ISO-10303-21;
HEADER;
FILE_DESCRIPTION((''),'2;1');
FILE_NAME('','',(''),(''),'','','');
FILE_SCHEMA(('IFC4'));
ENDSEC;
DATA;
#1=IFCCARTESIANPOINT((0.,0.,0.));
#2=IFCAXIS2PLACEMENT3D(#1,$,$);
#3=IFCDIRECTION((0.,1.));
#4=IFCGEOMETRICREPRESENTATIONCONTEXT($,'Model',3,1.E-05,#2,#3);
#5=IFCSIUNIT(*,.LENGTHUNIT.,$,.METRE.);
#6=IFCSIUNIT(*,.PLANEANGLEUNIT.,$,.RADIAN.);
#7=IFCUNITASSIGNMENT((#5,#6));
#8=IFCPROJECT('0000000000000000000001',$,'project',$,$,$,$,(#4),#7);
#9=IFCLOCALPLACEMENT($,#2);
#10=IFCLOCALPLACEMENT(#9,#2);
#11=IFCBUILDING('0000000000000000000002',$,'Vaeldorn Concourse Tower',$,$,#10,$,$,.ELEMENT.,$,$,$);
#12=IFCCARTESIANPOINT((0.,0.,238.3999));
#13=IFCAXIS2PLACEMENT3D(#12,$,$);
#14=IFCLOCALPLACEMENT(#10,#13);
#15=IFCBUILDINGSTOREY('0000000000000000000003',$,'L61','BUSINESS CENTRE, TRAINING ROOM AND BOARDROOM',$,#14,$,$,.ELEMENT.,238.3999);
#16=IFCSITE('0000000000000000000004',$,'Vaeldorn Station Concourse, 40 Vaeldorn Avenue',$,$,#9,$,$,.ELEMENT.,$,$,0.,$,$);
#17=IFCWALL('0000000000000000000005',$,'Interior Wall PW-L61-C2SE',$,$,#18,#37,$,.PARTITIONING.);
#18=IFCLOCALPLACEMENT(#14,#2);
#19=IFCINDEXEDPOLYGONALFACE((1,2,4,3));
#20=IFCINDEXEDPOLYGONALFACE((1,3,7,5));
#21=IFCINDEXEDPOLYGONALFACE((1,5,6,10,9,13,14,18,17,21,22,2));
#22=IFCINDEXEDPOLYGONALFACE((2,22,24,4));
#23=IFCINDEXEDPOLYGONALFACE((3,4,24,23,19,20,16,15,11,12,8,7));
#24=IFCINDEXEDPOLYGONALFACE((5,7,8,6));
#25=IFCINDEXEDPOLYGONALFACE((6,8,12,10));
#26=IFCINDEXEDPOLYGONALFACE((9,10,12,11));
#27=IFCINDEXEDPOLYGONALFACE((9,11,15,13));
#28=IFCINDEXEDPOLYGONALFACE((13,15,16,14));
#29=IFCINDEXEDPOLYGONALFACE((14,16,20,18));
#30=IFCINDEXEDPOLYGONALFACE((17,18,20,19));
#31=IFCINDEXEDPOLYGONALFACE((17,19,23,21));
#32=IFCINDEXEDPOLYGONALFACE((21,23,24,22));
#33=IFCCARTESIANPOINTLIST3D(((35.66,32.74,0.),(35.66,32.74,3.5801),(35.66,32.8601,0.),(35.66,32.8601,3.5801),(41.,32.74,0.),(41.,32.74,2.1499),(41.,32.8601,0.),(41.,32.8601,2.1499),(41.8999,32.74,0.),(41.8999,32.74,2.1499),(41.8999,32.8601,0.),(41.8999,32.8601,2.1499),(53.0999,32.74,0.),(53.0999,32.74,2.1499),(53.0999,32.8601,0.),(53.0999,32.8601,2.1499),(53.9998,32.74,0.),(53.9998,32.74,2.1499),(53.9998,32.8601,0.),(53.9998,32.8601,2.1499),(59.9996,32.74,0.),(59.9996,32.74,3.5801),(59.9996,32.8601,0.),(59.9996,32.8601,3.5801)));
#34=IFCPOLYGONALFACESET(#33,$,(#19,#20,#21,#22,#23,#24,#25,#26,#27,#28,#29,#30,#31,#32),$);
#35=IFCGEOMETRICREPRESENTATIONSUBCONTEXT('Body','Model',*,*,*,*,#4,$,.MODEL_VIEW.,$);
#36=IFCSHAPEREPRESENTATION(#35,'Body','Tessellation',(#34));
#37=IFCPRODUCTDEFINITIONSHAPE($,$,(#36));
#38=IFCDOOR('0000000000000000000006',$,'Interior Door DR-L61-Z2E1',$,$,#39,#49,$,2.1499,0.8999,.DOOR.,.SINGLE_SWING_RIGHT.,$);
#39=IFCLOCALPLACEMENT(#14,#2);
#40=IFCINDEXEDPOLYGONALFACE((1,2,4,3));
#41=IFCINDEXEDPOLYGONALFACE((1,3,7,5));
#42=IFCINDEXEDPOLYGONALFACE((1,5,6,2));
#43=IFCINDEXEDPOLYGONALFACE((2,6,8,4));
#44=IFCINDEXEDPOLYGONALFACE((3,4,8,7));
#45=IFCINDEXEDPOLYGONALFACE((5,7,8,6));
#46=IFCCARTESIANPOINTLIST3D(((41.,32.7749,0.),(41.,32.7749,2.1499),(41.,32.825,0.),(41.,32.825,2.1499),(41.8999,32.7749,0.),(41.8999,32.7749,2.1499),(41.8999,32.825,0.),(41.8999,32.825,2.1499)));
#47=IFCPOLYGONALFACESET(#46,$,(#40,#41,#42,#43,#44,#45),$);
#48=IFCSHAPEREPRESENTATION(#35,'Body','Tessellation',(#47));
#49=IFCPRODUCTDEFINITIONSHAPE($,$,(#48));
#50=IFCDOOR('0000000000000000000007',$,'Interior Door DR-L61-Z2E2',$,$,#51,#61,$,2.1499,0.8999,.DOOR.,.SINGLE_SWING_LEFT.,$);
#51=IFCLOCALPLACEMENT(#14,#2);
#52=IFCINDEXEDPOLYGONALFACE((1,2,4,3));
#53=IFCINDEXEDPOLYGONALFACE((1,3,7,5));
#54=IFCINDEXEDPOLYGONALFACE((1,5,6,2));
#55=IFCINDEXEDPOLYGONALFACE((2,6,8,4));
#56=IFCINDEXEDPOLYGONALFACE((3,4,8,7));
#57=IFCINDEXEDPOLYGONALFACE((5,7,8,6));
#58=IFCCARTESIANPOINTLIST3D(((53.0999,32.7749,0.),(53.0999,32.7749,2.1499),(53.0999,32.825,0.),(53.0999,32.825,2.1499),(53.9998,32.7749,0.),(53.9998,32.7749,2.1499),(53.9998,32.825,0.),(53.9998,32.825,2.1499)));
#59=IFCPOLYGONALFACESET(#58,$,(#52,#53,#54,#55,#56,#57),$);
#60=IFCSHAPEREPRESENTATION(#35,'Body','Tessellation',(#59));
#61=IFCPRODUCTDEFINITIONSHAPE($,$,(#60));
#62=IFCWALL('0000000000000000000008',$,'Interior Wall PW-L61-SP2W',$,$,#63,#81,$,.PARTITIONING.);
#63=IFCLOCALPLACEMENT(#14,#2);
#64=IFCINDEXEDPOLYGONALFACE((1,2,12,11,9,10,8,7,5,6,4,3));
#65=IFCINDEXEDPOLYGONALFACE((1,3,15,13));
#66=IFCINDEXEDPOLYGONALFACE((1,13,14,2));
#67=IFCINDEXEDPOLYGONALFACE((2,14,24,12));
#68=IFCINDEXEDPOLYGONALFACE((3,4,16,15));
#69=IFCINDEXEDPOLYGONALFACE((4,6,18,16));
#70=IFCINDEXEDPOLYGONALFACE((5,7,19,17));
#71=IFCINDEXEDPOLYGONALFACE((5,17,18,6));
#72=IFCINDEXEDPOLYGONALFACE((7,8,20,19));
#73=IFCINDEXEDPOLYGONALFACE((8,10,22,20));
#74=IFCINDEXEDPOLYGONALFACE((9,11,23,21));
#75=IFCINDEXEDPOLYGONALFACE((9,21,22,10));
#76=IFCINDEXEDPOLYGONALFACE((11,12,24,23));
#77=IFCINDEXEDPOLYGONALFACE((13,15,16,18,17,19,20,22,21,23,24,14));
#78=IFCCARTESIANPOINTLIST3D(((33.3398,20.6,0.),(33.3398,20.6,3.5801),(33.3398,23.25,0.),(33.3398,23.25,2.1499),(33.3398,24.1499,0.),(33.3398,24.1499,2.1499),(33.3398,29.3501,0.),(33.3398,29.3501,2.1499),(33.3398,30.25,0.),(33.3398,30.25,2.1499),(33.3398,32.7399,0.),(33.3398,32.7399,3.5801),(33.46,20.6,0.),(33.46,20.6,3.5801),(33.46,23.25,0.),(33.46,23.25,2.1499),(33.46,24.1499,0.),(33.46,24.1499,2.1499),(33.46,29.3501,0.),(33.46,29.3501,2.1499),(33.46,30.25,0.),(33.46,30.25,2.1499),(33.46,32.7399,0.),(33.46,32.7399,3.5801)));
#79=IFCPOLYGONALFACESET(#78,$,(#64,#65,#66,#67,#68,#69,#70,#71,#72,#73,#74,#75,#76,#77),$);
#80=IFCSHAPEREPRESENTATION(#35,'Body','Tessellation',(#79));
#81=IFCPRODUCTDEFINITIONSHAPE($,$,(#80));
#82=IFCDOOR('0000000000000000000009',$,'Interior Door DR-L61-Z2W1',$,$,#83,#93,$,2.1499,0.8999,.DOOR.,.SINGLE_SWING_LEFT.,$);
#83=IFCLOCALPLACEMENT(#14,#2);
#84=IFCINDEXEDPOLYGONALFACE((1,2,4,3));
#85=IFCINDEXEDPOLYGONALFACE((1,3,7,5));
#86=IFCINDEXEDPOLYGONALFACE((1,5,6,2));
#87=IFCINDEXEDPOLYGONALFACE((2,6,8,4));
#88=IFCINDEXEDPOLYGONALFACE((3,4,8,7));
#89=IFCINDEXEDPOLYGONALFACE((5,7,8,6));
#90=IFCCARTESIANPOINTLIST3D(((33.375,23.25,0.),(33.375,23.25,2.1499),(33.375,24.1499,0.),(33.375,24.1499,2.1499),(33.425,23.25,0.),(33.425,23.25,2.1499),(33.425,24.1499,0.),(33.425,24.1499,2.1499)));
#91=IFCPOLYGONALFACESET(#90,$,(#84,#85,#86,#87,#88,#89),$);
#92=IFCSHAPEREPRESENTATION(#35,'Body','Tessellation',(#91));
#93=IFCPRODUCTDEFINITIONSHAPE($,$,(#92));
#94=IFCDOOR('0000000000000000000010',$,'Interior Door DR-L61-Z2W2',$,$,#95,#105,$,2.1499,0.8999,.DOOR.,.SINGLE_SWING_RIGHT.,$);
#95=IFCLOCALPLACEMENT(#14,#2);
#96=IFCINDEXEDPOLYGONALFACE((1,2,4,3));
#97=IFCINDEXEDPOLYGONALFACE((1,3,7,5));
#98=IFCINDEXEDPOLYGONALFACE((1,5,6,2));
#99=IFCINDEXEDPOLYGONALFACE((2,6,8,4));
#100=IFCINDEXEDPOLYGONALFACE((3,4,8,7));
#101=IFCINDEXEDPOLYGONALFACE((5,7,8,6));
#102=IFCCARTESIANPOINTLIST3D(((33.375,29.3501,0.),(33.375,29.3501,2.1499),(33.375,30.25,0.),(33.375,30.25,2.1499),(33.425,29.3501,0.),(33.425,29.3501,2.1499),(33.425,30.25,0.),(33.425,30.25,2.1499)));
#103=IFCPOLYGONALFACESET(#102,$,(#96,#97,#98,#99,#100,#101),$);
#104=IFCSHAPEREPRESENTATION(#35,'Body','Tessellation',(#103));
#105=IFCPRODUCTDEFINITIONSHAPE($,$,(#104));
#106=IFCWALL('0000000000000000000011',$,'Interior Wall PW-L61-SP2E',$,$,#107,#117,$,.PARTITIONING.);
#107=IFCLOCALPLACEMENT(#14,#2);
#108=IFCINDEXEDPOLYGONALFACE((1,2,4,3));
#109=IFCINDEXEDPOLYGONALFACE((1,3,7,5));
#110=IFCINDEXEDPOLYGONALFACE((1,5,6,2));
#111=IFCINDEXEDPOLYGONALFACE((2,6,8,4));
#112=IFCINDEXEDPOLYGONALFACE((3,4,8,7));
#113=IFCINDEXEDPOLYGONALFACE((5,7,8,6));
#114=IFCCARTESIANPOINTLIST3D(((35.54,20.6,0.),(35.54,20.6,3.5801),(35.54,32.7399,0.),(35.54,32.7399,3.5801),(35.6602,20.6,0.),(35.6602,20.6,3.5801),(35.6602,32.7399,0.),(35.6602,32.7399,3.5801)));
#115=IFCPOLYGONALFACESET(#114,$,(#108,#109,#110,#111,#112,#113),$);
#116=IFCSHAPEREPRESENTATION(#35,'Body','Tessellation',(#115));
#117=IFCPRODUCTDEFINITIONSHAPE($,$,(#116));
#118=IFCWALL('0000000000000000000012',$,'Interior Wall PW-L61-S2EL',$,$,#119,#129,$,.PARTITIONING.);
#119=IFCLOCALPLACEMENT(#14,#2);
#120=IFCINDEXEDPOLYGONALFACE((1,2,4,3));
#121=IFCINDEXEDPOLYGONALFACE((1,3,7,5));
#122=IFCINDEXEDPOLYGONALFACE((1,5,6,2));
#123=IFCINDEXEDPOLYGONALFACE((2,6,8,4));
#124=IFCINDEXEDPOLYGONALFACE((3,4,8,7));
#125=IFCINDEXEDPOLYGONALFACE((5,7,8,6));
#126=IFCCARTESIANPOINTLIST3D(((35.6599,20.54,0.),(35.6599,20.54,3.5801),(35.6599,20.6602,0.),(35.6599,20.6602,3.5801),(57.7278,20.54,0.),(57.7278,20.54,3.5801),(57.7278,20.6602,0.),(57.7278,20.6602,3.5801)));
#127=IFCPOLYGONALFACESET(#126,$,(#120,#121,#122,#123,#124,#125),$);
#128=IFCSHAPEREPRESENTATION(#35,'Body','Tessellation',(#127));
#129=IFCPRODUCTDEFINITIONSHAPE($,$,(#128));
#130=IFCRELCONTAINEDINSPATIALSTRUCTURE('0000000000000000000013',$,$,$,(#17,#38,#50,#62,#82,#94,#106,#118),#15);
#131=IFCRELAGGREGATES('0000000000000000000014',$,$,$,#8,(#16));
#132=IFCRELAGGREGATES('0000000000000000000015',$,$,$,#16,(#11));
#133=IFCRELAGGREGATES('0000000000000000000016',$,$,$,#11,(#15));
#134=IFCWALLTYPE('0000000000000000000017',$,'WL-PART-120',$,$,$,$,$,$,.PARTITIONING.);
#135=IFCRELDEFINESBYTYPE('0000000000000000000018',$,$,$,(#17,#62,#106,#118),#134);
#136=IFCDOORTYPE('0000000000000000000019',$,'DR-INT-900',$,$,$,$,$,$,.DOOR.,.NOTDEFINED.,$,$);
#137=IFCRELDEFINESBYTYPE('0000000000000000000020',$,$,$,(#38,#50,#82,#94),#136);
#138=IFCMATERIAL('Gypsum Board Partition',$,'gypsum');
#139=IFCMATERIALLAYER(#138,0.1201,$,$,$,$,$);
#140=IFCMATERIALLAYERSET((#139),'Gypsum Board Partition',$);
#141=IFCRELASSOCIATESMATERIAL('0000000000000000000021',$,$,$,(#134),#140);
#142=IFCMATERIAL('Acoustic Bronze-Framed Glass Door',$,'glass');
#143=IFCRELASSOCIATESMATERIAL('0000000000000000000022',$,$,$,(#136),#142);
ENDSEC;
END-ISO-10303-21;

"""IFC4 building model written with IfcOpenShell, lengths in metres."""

from ifc_helpers import new_model, si_unit, direction, frame, frame_2d, origin, place, context, subcontext, project, spatial, rectangle, extrude, source, transform, mapped, material, layer, layer_set, type_object, element, fill, save


model = new_model("IFC4")

# Units and contexts
model_context = context("Model", 3, precision=1e-05, world=origin(), true_north=direction((0.0, 1.0)))
body_context = subcontext(model_context, "Body", "Model", "MODEL_VIEW")
ifc_project = project(units=[si_unit("LENGTHUNIT", "METRE"), si_unit("PLANEANGLEUNIT", "RADIAN")], contexts=[model_context])

# Site, building, storey
site_placement = place(None, origin())
site = spatial("IfcSite", under=ifc_project, at=site_placement, Name="Vaeldorn Station Concourse, 40 Vaeldorn Avenue", CompositionType="ELEMENT", RefElevation=0.0)
building_placement = place(site_placement, origin())
building = spatial("IfcBuilding", under=site, at=building_placement, Name="Vaeldorn Concourse Tower", CompositionType="ELEMENT")
storey_placement = place(building_placement, frame((0.0, 0.0, 238.3999)))
storey = spatial("IfcBuildingStorey", under=building, at=storey_placement, Name="L61", Description="BUSINESS CENTRE, TRAINING ROOM AND BOARDROOM", CompositionType="ELEMENT", Elevation=238.3999)

# Walls, openings, doors
ifc_material_1 = material(Name="Gypsum Board Partition", Category="gypsum")
ifc_layer = layer(ifc_material_1, 0.1201)
ifc_layer_set = layer_set([ifc_layer], Name="Gypsum Board Partition")
wall_type = type_object("IfcWallType", Name="WL-PART-120", PredefinedType="PARTITIONING", material=ifc_layer_set)
wall_1_placement = place(storey_placement, frame((35.6599, 32.8, 0.0), z_axis=(0.0, 0.0, 1.0), x_axis=(1.0, 0.0, 0.0)))
wall_1 = element("IfcWall", 1, at=wall_1_placement, inside=storey, type_object=wall_type, Name="Interior Wall PW-L61-C2SE", PredefinedType="PARTITIONING", context=body_context, shape_type="SweptSolid", body=[
    extrude(rectangle(XDim=24.3396, YDim=0.1201, at=frame_2d((12.1699, 0.0))), origin(), (0.0, 0.0, 1.0), 3.5801),
])
opening_1_placement = place(wall_1_placement, frame((5.3401, 0.0, 0.0)))
opening_1 = element("IfcOpeningElement", 2, at=opening_1_placement, cuts=wall_1, PredefinedType="OPENING", context=body_context, shape_type="SweptSolid", body=[
    extrude(rectangle(XDim=0.8999, YDim=2.1499, at=frame_2d((0.45, 1.075))), frame((0.0, 0.0701, 0.0), z_axis=(0.0, -1.0, 0.0), x_axis=(1.0, 0.0, 0.0)), (0.0, 0.0, 1.0), 0.1401),
])
opening_2_placement = place(wall_1_placement, frame((17.4399, 0.0, 0.0)))
opening_2 = element("IfcOpeningElement", 3, at=opening_2_placement, cuts=wall_1, PredefinedType="OPENING", context=body_context, shape_type="SweptSolid", body=[
    extrude(rectangle(XDim=0.8999, YDim=2.1499, at=frame_2d((0.45, 1.075))), frame((0.0, 0.0701, 0.0), z_axis=(0.0, -1.0, 0.0), x_axis=(1.0, 0.0, 0.0)), (0.0, 0.0, 1.0), 0.1401),
])
ifc_material_2 = material(Name="Acoustic Bronze-Framed Glass Door", Category="glass")
door_type = type_object("IfcDoorType", Name="DR-INT-900", OperationType="NOTDEFINED", PredefinedType="DOOR", material=ifc_material_2)
shared_shape_1 = source(origin(), body_context, "Body", "SweptSolid", [
    extrude(rectangle(XDim=0.8999, YDim=2.1499, at=frame_2d((0.45, 1.075))), frame((0.0, 0.0249, 0.0), z_axis=(0.0, -1.0, 0.0), x_axis=(1.0, 0.0, 0.0)), (0.0, 0.0, 1.0), 0.05),
])
door_1_placement = place(opening_1_placement, origin())
door_1 = element("IfcDoor", 4, at=door_1_placement, inside=storey, type_object=door_type, Name="Interior Door DR-L61-Z2E1", OperationType="SINGLE_SWING_RIGHT", OverallHeight=2.1499, OverallWidth=0.8999, PredefinedType="DOOR", context=body_context, shape_type="MappedRepresentation", body=[
    mapped(shared_shape_1, transform((0.0, 0.0, 0.0), scale=1.0)),
])
fill(opening_1, door_1)
door_2_placement = place(opening_2_placement, origin())
door_2 = element("IfcDoor", 5, at=door_2_placement, inside=storey, type_object=door_type, Name="Interior Door DR-L61-Z2E2", OperationType="SINGLE_SWING_LEFT", OverallHeight=2.1499, OverallWidth=0.8999, PredefinedType="DOOR", context=body_context, shape_type="MappedRepresentation", body=[
    mapped(shared_shape_1, transform((0.0, 0.0, 0.0), scale=1.0)),
])
fill(opening_2, door_2)
wall_2_placement = place(storey_placement, frame((33.3999, 20.6001, 0.0), z_axis=(0.0, 0.0, 1.0), x_axis=(0.0, 1.0, 0.0)))
wall_2 = element("IfcWall", 6, at=wall_2_placement, inside=storey, type_object=wall_type, Name="Interior Wall PW-L61-SP2W", PredefinedType="PARTITIONING", context=body_context, shape_type="SweptSolid", body=[
    extrude(rectangle(XDim=12.1399, YDim=0.1201, at=frame_2d((6.0698, 0.0))), origin(), (0.0, 0.0, 1.0), 3.5801),
])
opening_3_placement = place(wall_2_placement, frame((2.6499, 0.0, 0.0)))
opening_3 = element("IfcOpeningElement", 7, at=opening_3_placement, cuts=wall_2, PredefinedType="OPENING", context=body_context, shape_type="SweptSolid", body=[
    extrude(rectangle(XDim=0.8999, YDim=2.1499, at=frame_2d((0.45, 1.075))), frame((0.0, 0.0701, 0.0), z_axis=(0.0, -1.0, 0.0), x_axis=(1.0, 0.0, 0.0)), (0.0, 0.0, 1.0), 0.1401),
])
opening_4_placement = place(wall_2_placement, frame((8.75, 0.0, 0.0)))
opening_4 = element("IfcOpeningElement", 8, at=opening_4_placement, cuts=wall_2, PredefinedType="OPENING", context=body_context, shape_type="SweptSolid", body=[
    extrude(rectangle(XDim=0.8999, YDim=2.1499, at=frame_2d((0.45, 1.075))), frame((0.0, 0.0701, 0.0), z_axis=(0.0, -1.0, 0.0), x_axis=(1.0, 0.0, 0.0)), (0.0, 0.0, 1.0), 0.1401),
])
door_3_placement = place(opening_3_placement, origin())
door_3 = element("IfcDoor", 9, at=door_3_placement, inside=storey, type_object=door_type, Name="Interior Door DR-L61-Z2W1", OperationType="SINGLE_SWING_LEFT", OverallHeight=2.1499, OverallWidth=0.8999, PredefinedType="DOOR", context=body_context, shape_type="MappedRepresentation", body=[
    mapped(shared_shape_1, transform((0.0, 0.0, 0.0), scale=1.0)),
])
fill(opening_3, door_3)
door_4_placement = place(opening_4_placement, origin())
door_4 = element("IfcDoor", 10, at=door_4_placement, inside=storey, type_object=door_type, Name="Interior Door DR-L61-Z2W2", OperationType="SINGLE_SWING_RIGHT", OverallHeight=2.1499, OverallWidth=0.8999, PredefinedType="DOOR", context=body_context, shape_type="MappedRepresentation", body=[
    mapped(shared_shape_1, transform((0.0, 0.0, 0.0), scale=1.0)),
])
fill(opening_4, door_4)

# Wall
wall_3_placement = place(storey_placement, frame((35.6001, 20.6001, 0.0), z_axis=(0.0, 0.0, 1.0), x_axis=(0.0, 1.0, 0.0)))
element("IfcWall", 11, at=wall_3_placement, inside=storey, type_object=wall_type, Name="Interior Wall PW-L61-SP2E", PredefinedType="PARTITIONING", context=body_context, shape_type="SweptSolid", body=[
    extrude(rectangle(XDim=12.1399, YDim=0.1201, at=frame_2d((6.0698, 0.0))), origin(), (0.0, 0.0, 1.0), 3.5801),
])

# Wall
wall_4_placement = place(storey_placement, frame((35.6599, 20.6001, 0.0), z_axis=(0.0, 0.0, 1.0), x_axis=(1.0, 0.0, 0.0)))
element("IfcWall", 12, at=wall_4_placement, inside=storey, type_object=wall_type, Name="Interior Wall PW-L61-S2EL", PredefinedType="PARTITIONING", context=body_context, shape_type="SweptSolid", body=[
    extrude(rectangle(XDim=22.0679, YDim=0.1201, at=frame_2d((11.0339, 0.0))), origin(), (0.0, 0.0, 1.0), 3.5801),
])

save(model, "model.ifc")
